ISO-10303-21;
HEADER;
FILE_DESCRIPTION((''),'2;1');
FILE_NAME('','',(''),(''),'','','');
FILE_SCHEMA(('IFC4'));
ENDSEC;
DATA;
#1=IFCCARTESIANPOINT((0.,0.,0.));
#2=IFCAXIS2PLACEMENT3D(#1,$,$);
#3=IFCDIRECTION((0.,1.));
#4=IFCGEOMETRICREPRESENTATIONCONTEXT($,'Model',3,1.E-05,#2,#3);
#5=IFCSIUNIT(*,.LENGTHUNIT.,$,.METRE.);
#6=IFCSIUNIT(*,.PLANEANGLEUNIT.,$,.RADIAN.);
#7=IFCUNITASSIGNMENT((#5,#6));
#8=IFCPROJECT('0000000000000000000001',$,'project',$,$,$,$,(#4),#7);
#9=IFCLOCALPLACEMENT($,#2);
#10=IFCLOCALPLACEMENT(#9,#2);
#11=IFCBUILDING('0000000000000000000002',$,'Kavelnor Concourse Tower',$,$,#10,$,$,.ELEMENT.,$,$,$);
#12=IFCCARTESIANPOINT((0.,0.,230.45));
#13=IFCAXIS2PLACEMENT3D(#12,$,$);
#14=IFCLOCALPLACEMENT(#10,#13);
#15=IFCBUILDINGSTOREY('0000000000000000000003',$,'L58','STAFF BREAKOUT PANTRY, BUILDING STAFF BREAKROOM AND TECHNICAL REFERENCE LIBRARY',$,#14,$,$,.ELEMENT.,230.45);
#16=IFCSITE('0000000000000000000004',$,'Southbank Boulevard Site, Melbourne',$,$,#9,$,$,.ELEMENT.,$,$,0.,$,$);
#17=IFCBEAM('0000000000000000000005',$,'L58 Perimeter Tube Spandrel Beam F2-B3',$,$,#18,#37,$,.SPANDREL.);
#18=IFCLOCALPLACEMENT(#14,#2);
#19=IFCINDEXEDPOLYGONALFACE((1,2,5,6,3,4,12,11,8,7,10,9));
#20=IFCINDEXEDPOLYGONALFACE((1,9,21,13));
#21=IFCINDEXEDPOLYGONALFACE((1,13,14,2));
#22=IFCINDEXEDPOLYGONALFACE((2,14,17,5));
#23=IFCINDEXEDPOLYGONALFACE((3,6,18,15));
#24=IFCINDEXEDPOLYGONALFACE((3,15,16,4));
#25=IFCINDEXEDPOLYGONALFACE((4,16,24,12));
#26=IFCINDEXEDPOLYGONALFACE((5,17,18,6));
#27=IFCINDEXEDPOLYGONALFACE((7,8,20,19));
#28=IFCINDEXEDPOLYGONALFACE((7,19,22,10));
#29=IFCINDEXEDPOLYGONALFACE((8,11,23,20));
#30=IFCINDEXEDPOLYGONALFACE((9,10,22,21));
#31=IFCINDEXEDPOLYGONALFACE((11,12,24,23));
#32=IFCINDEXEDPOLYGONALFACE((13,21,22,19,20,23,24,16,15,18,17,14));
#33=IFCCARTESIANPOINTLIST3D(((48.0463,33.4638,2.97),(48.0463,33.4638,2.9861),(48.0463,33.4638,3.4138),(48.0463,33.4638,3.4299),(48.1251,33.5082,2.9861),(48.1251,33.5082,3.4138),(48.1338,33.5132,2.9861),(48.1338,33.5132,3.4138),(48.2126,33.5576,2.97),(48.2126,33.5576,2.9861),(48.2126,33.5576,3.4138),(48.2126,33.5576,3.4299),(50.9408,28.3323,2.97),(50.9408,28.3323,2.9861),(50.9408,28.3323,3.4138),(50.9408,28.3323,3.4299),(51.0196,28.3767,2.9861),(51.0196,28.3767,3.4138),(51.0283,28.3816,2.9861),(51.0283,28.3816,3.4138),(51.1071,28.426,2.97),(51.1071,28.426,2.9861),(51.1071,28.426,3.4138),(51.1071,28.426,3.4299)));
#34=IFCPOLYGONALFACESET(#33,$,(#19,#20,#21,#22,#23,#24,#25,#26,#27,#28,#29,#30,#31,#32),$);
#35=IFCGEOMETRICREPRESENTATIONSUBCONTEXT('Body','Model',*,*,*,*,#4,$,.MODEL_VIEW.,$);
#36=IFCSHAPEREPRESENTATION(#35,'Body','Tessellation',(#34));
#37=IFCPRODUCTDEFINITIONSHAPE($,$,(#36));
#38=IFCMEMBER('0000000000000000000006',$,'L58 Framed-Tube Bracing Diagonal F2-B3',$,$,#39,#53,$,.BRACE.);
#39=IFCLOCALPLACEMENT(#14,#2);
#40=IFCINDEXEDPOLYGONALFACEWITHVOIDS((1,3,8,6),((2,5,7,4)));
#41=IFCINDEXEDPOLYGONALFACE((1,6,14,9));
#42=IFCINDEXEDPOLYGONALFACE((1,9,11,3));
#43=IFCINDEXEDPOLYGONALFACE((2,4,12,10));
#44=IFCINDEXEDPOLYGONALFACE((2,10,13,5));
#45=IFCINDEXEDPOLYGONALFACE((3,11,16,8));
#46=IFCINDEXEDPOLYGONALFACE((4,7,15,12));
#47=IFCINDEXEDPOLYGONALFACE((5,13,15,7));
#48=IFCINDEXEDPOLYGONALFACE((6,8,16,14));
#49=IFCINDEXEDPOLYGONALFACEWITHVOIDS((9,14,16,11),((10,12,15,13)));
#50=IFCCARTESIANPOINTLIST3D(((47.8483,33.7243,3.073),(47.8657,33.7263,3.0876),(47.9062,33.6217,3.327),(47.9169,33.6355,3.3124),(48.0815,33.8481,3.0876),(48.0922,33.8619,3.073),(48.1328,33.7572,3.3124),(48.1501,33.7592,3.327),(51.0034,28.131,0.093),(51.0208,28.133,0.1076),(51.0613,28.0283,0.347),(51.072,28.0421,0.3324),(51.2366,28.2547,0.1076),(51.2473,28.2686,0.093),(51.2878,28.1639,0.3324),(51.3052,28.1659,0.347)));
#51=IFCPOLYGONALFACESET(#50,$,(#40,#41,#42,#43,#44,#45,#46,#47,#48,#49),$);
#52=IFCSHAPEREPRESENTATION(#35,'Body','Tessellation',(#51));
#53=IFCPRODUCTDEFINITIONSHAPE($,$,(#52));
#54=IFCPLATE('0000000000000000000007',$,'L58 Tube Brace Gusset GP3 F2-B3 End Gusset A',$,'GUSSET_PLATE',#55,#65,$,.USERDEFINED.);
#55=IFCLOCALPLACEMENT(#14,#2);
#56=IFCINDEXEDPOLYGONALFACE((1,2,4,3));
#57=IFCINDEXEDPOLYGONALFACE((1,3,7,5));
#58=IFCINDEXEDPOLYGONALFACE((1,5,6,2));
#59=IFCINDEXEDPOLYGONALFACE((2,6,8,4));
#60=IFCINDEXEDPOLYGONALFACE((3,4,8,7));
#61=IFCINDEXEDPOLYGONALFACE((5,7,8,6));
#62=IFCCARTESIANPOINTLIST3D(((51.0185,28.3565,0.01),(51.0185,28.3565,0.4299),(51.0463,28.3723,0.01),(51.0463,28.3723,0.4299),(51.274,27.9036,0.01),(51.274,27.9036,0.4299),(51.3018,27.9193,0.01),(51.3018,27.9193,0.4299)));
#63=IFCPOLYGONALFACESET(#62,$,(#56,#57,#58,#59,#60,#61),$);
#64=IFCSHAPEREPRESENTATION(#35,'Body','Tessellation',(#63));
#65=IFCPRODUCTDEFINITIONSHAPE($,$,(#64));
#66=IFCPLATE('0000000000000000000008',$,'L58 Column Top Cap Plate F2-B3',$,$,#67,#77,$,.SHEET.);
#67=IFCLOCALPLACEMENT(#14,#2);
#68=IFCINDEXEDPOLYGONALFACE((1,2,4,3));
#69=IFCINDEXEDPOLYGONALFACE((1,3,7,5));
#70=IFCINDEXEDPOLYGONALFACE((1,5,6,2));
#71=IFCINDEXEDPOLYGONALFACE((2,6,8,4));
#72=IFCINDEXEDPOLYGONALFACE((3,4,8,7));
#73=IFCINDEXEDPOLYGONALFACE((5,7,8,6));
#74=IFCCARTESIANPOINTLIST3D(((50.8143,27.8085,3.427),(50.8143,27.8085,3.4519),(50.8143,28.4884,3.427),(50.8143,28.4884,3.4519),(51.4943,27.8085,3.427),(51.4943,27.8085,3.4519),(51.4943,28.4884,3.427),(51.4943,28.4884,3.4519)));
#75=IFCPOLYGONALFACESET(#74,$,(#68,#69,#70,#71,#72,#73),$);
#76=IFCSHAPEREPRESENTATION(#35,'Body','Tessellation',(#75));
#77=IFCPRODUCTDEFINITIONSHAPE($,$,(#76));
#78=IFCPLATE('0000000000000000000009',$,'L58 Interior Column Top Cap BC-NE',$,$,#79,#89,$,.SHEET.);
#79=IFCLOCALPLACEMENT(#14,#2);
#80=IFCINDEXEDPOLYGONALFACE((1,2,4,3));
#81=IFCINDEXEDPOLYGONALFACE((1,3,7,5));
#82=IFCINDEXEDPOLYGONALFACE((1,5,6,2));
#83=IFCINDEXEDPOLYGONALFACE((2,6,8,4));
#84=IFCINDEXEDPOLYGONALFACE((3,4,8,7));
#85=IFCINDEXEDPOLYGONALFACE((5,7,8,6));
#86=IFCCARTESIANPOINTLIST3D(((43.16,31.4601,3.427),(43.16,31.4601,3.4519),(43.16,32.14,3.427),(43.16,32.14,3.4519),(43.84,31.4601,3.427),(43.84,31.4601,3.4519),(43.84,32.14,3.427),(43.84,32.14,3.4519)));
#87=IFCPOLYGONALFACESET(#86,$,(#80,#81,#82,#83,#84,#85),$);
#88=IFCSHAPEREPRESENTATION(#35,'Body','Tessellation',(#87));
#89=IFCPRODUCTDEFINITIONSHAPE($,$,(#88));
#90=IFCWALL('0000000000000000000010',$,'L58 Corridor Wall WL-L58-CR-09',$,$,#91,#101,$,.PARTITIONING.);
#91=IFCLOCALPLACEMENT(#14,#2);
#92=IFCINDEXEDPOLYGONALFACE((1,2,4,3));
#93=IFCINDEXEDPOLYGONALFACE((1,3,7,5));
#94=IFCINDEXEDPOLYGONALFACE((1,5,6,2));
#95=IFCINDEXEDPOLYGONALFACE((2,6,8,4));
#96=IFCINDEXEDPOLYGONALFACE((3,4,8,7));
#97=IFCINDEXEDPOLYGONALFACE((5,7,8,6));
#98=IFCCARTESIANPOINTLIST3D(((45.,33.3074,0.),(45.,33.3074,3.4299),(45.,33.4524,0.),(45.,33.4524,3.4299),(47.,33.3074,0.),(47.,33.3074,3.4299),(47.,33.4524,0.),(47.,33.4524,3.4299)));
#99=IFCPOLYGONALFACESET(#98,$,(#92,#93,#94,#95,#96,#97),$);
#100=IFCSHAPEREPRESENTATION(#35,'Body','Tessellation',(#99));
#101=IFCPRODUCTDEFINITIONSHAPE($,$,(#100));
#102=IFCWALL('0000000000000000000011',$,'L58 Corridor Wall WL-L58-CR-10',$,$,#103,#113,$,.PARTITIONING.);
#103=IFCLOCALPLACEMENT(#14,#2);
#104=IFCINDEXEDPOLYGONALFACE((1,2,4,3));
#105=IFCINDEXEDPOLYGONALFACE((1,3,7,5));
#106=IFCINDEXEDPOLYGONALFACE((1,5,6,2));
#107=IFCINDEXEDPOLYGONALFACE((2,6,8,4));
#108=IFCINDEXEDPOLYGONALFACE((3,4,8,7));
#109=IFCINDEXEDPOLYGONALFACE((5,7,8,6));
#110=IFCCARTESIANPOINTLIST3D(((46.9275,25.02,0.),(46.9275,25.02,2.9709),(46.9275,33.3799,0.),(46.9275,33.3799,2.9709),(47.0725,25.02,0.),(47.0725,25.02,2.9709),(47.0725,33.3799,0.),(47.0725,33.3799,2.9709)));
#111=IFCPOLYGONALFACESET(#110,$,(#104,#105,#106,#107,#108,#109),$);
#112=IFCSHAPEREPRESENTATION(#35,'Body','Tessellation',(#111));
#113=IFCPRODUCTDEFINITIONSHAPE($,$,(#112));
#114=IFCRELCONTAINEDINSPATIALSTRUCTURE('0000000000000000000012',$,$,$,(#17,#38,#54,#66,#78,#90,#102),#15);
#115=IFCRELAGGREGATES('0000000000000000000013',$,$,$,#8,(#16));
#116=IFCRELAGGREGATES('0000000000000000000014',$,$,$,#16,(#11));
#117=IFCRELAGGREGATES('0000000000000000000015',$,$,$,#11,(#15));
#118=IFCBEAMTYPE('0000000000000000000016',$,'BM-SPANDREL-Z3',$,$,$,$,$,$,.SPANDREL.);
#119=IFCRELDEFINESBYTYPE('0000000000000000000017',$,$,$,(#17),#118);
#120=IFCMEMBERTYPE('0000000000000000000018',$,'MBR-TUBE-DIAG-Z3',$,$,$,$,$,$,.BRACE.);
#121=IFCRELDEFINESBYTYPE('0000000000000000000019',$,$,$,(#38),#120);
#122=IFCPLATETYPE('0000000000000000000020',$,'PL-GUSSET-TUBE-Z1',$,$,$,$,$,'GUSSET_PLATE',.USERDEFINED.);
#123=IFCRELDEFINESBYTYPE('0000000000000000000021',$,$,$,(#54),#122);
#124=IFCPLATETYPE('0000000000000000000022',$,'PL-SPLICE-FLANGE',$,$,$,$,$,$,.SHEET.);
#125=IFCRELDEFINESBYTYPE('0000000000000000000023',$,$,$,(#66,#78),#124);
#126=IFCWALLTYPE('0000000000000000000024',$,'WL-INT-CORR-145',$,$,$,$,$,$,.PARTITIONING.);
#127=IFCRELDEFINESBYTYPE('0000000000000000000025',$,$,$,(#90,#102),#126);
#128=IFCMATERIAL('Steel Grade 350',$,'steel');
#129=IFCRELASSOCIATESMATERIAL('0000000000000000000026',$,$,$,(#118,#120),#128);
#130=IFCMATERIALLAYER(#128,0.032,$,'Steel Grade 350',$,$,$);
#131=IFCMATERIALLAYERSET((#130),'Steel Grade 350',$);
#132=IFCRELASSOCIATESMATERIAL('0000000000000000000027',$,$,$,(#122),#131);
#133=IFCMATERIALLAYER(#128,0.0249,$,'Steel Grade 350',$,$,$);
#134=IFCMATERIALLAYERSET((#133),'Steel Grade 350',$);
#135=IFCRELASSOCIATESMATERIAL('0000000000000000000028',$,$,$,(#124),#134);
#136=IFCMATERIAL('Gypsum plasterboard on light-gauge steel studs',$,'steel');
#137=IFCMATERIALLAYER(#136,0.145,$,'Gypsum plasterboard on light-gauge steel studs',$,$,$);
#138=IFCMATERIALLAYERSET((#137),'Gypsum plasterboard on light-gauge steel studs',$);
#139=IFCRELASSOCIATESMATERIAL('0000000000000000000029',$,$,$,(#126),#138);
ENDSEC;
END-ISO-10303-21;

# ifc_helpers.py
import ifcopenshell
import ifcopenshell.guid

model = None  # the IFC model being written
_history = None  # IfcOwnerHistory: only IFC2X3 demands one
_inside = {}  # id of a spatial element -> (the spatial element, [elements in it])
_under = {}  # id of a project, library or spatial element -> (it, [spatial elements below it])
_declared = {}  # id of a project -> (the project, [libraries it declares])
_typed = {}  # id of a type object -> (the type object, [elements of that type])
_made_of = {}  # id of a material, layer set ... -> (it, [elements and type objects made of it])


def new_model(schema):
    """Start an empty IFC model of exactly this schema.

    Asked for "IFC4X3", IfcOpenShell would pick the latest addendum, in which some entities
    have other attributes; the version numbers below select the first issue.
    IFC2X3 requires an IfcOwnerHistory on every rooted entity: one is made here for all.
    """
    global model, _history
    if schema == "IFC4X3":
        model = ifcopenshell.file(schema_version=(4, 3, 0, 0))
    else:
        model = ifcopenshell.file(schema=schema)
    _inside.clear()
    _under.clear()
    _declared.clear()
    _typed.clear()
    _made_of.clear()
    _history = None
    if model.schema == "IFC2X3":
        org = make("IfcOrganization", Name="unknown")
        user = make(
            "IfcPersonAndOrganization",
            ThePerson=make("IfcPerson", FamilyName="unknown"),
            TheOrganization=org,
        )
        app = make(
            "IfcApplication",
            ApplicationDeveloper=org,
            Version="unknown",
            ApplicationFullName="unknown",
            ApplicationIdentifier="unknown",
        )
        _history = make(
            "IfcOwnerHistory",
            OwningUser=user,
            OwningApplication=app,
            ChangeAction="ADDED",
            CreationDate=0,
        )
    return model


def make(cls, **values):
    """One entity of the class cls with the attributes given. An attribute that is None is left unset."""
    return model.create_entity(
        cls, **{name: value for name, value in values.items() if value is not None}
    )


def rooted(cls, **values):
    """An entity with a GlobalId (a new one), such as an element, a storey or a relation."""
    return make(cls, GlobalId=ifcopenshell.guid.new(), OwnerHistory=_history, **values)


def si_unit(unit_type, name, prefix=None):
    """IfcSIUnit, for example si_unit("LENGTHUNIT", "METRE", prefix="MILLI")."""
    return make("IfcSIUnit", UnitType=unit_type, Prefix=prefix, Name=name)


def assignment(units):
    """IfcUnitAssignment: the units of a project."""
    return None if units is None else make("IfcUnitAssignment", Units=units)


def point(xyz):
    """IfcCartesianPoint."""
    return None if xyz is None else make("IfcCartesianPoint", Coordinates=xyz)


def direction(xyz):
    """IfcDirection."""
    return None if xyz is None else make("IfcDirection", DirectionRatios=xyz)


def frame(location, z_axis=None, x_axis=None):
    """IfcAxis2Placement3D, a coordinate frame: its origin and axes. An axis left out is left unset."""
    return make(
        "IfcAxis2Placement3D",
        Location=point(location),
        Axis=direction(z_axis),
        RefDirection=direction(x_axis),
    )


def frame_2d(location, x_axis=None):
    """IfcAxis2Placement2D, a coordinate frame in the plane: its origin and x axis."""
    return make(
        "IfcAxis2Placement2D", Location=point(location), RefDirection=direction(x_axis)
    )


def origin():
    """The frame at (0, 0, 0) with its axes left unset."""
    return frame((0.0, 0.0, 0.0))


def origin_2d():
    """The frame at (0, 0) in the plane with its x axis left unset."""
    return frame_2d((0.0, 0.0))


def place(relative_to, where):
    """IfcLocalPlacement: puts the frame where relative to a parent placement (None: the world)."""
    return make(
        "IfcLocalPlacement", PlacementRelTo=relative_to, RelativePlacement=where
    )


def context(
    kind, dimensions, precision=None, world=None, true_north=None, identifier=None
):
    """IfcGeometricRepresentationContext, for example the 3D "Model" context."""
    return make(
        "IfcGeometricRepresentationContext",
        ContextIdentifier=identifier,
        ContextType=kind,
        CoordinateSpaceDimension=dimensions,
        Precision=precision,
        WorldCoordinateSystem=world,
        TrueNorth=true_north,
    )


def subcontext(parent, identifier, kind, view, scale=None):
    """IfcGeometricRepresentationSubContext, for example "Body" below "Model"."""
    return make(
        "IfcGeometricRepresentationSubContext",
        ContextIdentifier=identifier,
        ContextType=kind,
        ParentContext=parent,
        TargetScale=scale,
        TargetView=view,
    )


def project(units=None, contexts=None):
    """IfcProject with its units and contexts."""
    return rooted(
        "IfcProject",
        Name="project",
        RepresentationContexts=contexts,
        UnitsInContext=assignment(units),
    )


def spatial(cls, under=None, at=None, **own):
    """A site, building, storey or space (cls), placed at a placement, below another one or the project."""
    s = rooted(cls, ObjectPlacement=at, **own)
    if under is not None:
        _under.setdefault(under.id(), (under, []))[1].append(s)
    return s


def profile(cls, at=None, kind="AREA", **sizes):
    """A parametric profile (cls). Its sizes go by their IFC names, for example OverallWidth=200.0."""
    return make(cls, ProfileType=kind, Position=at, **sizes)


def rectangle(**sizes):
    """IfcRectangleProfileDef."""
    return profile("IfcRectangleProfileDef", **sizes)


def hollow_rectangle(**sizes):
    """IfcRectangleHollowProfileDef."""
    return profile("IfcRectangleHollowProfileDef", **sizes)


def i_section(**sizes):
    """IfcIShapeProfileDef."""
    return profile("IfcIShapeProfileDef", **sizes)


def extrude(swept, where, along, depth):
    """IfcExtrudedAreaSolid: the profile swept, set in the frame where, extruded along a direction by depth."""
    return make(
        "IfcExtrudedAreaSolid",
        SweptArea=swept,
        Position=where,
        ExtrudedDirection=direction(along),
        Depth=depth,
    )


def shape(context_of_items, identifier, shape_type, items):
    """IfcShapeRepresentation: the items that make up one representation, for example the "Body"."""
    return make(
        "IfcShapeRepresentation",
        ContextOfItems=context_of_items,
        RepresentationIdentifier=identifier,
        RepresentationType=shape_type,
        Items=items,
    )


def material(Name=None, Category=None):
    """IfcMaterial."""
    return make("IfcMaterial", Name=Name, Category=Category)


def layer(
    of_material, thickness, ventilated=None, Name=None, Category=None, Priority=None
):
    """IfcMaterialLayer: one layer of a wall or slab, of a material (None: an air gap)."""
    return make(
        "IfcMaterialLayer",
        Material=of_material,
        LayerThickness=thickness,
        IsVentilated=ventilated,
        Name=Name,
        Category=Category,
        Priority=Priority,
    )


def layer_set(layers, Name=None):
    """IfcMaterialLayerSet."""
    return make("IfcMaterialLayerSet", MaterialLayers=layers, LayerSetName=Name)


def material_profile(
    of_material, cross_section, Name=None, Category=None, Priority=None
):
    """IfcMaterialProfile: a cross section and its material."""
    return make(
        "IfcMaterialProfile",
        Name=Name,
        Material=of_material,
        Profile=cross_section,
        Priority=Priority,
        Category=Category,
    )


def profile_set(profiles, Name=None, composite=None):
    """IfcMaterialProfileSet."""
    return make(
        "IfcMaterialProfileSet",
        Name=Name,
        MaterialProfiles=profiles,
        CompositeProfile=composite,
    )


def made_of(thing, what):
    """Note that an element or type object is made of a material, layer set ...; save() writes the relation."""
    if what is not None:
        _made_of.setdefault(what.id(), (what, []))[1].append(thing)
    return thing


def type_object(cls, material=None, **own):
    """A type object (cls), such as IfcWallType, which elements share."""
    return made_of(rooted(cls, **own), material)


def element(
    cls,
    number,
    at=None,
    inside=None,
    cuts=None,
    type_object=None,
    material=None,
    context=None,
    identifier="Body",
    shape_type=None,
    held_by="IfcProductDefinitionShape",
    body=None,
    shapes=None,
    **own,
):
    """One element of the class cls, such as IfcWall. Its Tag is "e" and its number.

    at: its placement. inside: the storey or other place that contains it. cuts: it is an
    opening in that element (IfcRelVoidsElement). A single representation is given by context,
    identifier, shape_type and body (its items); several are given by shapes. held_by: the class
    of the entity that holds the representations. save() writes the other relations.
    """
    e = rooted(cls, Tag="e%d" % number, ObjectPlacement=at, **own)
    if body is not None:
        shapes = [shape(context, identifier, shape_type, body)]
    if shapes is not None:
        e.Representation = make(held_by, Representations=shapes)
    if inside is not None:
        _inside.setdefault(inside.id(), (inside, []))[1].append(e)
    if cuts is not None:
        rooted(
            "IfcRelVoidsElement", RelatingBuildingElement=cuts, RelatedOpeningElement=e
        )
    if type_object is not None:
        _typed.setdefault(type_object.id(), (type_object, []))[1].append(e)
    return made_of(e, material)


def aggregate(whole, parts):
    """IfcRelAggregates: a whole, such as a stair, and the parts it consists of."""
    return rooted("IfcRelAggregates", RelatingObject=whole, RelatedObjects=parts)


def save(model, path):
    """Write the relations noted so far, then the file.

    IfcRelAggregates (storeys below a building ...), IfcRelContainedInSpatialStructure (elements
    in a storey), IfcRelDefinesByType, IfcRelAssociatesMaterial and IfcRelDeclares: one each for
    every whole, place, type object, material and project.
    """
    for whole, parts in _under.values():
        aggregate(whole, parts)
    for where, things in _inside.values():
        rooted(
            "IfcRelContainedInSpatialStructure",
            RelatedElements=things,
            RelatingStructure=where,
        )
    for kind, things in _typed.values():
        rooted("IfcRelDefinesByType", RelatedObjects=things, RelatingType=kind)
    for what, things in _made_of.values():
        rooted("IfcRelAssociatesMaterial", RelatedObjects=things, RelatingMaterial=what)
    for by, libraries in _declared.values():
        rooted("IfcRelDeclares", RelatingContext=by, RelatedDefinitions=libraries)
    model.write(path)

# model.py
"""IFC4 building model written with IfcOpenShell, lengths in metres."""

from ifc_helpers import new_model, si_unit, direction, frame, frame_2d, origin, origin_2d, place, context, subcontext, project, spatial, rectangle, hollow_rectangle, i_section, extrude, material, layer, layer_set, material_profile, profile_set, type_object, element, save


model = new_model("IFC4")

# Units and contexts
model_context = context("Model", 3, precision=1e-05, world=origin(), true_north=direction((0.0, 1.0)))
body_context = subcontext(model_context, "Body", "Model", "MODEL_VIEW")
ifc_project = project(units=[si_unit("LENGTHUNIT", "METRE"), si_unit("PLANEANGLEUNIT", "RADIAN")], contexts=[model_context])

# Site, building, storey
site_placement = place(None, origin())
site = spatial("IfcSite", under=ifc_project, at=site_placement, Name="Southbank Boulevard Site, Melbourne", CompositionType="ELEMENT", RefElevation=0.0)
building_placement = place(site_placement, origin())
building = spatial("IfcBuilding", under=site, at=building_placement, Name="Kavelnor Concourse Tower", CompositionType="ELEMENT")
storey_placement = place(building_placement, frame((0.0, 0.0, 230.45)))
storey = spatial("IfcBuildingStorey", under=building, at=storey_placement, Name="L58", Description="STAFF BREAKOUT PANTRY, BUILDING STAFF BREAKROOM AND TECHNICAL REFERENCE LIBRARY", CompositionType="ELEMENT", Elevation=230.45)

# Shared definitions
ifc_material_1 = material(Name="Steel Grade 350", Category="steel")

# Beam
ifc_material_profile_1 = material_profile(ifc_material_1, i_section(OverallWidth=0.1909, OverallDepth=0.46, WebThickness=0.01, FlangeThickness=0.0161, at=origin_2d()), Name="460UB82")
ifc_profile_set_1 = profile_set([ifc_material_profile_1], Name="Steel Grade 350")
beam_type_1 = type_object("IfcBeamType", Name="BM-SPANDREL-Z3", PredefinedType="SPANDREL", material=ifc_profile_set_1)
beam_1_placement = place(storey_placement, frame((51.0239, 28.3792, 3.2), z_axis=(-0.491294, 0.870994, 0.0), x_axis=(-0.870994, -0.491294, 0.0)))
element("IfcBeam", 1, at=beam_1_placement, inside=storey, type_object=beam_type_1, Name="L58 Perimeter Tube Spandrel Beam F2-B3", PredefinedType="SPANDREL", context=body_context, shape_type="SweptSolid", body=[
    extrude(i_section(OverallWidth=0.1909, OverallDepth=0.46, WebThickness=0.01, FlangeThickness=0.0161, at=origin_2d()), origin(), (0.0, 0.0, 1.0), 5.8916),
])

# Member
ifc_material_profile_2 = material_profile(ifc_material_1, hollow_rectangle(XDim=0.28, YDim=0.28, WallThickness=0.0161, at=origin_2d()), Name="SHS 280x280x16")
ifc_profile_set_2 = profile_set([ifc_material_profile_2], Name="Steel Grade 350")
member_type = type_object("IfcMemberType", Name="MBR-TUBE-DIAG-Z3", PredefinedType="BRACE", material=ifc_profile_set_2)
member_placement = place(storey_placement, frame((51.1543, 28.1484, 0.22), z_axis=(-0.445658, 0.790066, 0.420932), x_axis=(-0.870988, -0.491304, 0.0)))
element("IfcMember", 2, at=member_placement, inside=storey, type_object=member_type, Name="L58 Framed-Tube Bracing Diagonal F2-B3", PredefinedType="BRACE", context=body_context, shape_type="SweptSolid", body=[
    extrude(hollow_rectangle(XDim=0.28, YDim=0.28, WallThickness=0.0161, at=origin_2d()), origin(), (0.0, 0.0, 1.0), 7.0796),
])

# Plates
ifc_layer_1 = layer(ifc_material_1, 0.032, Name="Steel Grade 350")
ifc_layer_set_1 = layer_set([ifc_layer_1], Name="Steel Grade 350")
plate_type_1 = type_object("IfcPlateType", Name="PL-GUSSET-TUBE-Z1", ElementType="GUSSET_PLATE", PredefinedType="USERDEFINED", material=ifc_layer_set_1)
plate_placement = place(storey_placement, frame((51.1602, 28.1379, 0.01), z_axis=(0.0, 0.0, 1.0), x_axis=(-0.49136, 0.870957, 0.0)))
element("IfcPlate", 3, at=plate_placement, inside=storey, type_object=plate_type_1, Name="L58 Tube Brace Gusset GP3 F2-B3 End Gusset A", ObjectType="GUSSET_PLATE", PredefinedType="USERDEFINED", context=body_context, shape_type="SweptSolid", body=[
    extrude(rectangle(XDim=0.52, YDim=0.032, at=origin_2d()), origin(), (0.0, 0.0, 1.0), 0.4199),
])
ifc_layer_2 = layer(ifc_material_1, 0.0249, Name="Steel Grade 350")
ifc_layer_set_2 = layer_set([ifc_layer_2], Name="Steel Grade 350")
plate_type_2 = type_object("IfcPlateType", Name="PL-SPLICE-FLANGE", PredefinedType="SHEET", material=ifc_layer_set_2)
for number, where, z_axis, x_axis, name in (
    (4, (51.1543, 28.1484, 3.427), (0.0, 0.0, 1.0), (1.0, 0.0, 0.0), "L58 Column Top Cap Plate F2-B3"),
    (5, (43.5, 31.8, 3.427), (0.0, 0.0, 1.0), (1.0, 0.0, 0.0), "L58 Interior Column Top Cap BC-NE"),
):
    element("IfcPlate", number, at=place(storey_placement, frame(where, z_axis=z_axis, x_axis=x_axis)), inside=storey, type_object=plate_type_2, Name=name, PredefinedType="SHEET", context=body_context, shape_type="SweptSolid", body=[
        extrude(rectangle(XDim=0.6799, YDim=0.6799, at=origin_2d()), origin(), (0.0, 0.0, 1.0), 0.0249),
    ])

# Walls
ifc_material_2 = material(Name="Gypsum plasterboard on light-gauge steel studs", Category="steel")
ifc_layer_3 = layer(ifc_material_2, 0.145, Name="Gypsum plasterboard on light-gauge steel studs")
ifc_layer_set_3 = layer_set([ifc_layer_3], Name="Gypsum plasterboard on light-gauge steel studs")
wall_type = type_object("IfcWallType", Name="WL-INT-CORR-145", PredefinedType="PARTITIONING", material=ifc_layer_set_3)
wall_1_placement = place(storey_placement, frame((45.0, 33.3799, 0.0), z_axis=(0.0, 0.0, 1.0), x_axis=(1.0, 0.0, 0.0)))
element("IfcWall", 6, at=wall_1_placement, inside=storey, type_object=wall_type, Name="L58 Corridor Wall WL-L58-CR-09", PredefinedType="PARTITIONING", context=body_context, shape_type="SweptSolid", body=[
    extrude(rectangle(XDim=2.0, YDim=0.145, at=frame_2d((1.0, 0.0))), origin(), (0.0, 0.0, 1.0), 3.4299),
])
wall_2_placement = place(storey_placement, frame((47.0, 33.3799, 0.0), z_axis=(0.0, 0.0, 1.0), x_axis=(0.0, -1.0, 0.0)))
element("IfcWall", 7, at=wall_2_placement, inside=storey, type_object=wall_type, Name="L58 Corridor Wall WL-L58-CR-10", PredefinedType="PARTITIONING", context=body_context, shape_type="SweptSolid", body=[
    extrude(rectangle(XDim=8.3599, YDim=0.145, at=frame_2d((4.1799, 0.0))), origin(), (0.0, 0.0, 1.0), 2.9709),
])

save(model, "model.ifc")
